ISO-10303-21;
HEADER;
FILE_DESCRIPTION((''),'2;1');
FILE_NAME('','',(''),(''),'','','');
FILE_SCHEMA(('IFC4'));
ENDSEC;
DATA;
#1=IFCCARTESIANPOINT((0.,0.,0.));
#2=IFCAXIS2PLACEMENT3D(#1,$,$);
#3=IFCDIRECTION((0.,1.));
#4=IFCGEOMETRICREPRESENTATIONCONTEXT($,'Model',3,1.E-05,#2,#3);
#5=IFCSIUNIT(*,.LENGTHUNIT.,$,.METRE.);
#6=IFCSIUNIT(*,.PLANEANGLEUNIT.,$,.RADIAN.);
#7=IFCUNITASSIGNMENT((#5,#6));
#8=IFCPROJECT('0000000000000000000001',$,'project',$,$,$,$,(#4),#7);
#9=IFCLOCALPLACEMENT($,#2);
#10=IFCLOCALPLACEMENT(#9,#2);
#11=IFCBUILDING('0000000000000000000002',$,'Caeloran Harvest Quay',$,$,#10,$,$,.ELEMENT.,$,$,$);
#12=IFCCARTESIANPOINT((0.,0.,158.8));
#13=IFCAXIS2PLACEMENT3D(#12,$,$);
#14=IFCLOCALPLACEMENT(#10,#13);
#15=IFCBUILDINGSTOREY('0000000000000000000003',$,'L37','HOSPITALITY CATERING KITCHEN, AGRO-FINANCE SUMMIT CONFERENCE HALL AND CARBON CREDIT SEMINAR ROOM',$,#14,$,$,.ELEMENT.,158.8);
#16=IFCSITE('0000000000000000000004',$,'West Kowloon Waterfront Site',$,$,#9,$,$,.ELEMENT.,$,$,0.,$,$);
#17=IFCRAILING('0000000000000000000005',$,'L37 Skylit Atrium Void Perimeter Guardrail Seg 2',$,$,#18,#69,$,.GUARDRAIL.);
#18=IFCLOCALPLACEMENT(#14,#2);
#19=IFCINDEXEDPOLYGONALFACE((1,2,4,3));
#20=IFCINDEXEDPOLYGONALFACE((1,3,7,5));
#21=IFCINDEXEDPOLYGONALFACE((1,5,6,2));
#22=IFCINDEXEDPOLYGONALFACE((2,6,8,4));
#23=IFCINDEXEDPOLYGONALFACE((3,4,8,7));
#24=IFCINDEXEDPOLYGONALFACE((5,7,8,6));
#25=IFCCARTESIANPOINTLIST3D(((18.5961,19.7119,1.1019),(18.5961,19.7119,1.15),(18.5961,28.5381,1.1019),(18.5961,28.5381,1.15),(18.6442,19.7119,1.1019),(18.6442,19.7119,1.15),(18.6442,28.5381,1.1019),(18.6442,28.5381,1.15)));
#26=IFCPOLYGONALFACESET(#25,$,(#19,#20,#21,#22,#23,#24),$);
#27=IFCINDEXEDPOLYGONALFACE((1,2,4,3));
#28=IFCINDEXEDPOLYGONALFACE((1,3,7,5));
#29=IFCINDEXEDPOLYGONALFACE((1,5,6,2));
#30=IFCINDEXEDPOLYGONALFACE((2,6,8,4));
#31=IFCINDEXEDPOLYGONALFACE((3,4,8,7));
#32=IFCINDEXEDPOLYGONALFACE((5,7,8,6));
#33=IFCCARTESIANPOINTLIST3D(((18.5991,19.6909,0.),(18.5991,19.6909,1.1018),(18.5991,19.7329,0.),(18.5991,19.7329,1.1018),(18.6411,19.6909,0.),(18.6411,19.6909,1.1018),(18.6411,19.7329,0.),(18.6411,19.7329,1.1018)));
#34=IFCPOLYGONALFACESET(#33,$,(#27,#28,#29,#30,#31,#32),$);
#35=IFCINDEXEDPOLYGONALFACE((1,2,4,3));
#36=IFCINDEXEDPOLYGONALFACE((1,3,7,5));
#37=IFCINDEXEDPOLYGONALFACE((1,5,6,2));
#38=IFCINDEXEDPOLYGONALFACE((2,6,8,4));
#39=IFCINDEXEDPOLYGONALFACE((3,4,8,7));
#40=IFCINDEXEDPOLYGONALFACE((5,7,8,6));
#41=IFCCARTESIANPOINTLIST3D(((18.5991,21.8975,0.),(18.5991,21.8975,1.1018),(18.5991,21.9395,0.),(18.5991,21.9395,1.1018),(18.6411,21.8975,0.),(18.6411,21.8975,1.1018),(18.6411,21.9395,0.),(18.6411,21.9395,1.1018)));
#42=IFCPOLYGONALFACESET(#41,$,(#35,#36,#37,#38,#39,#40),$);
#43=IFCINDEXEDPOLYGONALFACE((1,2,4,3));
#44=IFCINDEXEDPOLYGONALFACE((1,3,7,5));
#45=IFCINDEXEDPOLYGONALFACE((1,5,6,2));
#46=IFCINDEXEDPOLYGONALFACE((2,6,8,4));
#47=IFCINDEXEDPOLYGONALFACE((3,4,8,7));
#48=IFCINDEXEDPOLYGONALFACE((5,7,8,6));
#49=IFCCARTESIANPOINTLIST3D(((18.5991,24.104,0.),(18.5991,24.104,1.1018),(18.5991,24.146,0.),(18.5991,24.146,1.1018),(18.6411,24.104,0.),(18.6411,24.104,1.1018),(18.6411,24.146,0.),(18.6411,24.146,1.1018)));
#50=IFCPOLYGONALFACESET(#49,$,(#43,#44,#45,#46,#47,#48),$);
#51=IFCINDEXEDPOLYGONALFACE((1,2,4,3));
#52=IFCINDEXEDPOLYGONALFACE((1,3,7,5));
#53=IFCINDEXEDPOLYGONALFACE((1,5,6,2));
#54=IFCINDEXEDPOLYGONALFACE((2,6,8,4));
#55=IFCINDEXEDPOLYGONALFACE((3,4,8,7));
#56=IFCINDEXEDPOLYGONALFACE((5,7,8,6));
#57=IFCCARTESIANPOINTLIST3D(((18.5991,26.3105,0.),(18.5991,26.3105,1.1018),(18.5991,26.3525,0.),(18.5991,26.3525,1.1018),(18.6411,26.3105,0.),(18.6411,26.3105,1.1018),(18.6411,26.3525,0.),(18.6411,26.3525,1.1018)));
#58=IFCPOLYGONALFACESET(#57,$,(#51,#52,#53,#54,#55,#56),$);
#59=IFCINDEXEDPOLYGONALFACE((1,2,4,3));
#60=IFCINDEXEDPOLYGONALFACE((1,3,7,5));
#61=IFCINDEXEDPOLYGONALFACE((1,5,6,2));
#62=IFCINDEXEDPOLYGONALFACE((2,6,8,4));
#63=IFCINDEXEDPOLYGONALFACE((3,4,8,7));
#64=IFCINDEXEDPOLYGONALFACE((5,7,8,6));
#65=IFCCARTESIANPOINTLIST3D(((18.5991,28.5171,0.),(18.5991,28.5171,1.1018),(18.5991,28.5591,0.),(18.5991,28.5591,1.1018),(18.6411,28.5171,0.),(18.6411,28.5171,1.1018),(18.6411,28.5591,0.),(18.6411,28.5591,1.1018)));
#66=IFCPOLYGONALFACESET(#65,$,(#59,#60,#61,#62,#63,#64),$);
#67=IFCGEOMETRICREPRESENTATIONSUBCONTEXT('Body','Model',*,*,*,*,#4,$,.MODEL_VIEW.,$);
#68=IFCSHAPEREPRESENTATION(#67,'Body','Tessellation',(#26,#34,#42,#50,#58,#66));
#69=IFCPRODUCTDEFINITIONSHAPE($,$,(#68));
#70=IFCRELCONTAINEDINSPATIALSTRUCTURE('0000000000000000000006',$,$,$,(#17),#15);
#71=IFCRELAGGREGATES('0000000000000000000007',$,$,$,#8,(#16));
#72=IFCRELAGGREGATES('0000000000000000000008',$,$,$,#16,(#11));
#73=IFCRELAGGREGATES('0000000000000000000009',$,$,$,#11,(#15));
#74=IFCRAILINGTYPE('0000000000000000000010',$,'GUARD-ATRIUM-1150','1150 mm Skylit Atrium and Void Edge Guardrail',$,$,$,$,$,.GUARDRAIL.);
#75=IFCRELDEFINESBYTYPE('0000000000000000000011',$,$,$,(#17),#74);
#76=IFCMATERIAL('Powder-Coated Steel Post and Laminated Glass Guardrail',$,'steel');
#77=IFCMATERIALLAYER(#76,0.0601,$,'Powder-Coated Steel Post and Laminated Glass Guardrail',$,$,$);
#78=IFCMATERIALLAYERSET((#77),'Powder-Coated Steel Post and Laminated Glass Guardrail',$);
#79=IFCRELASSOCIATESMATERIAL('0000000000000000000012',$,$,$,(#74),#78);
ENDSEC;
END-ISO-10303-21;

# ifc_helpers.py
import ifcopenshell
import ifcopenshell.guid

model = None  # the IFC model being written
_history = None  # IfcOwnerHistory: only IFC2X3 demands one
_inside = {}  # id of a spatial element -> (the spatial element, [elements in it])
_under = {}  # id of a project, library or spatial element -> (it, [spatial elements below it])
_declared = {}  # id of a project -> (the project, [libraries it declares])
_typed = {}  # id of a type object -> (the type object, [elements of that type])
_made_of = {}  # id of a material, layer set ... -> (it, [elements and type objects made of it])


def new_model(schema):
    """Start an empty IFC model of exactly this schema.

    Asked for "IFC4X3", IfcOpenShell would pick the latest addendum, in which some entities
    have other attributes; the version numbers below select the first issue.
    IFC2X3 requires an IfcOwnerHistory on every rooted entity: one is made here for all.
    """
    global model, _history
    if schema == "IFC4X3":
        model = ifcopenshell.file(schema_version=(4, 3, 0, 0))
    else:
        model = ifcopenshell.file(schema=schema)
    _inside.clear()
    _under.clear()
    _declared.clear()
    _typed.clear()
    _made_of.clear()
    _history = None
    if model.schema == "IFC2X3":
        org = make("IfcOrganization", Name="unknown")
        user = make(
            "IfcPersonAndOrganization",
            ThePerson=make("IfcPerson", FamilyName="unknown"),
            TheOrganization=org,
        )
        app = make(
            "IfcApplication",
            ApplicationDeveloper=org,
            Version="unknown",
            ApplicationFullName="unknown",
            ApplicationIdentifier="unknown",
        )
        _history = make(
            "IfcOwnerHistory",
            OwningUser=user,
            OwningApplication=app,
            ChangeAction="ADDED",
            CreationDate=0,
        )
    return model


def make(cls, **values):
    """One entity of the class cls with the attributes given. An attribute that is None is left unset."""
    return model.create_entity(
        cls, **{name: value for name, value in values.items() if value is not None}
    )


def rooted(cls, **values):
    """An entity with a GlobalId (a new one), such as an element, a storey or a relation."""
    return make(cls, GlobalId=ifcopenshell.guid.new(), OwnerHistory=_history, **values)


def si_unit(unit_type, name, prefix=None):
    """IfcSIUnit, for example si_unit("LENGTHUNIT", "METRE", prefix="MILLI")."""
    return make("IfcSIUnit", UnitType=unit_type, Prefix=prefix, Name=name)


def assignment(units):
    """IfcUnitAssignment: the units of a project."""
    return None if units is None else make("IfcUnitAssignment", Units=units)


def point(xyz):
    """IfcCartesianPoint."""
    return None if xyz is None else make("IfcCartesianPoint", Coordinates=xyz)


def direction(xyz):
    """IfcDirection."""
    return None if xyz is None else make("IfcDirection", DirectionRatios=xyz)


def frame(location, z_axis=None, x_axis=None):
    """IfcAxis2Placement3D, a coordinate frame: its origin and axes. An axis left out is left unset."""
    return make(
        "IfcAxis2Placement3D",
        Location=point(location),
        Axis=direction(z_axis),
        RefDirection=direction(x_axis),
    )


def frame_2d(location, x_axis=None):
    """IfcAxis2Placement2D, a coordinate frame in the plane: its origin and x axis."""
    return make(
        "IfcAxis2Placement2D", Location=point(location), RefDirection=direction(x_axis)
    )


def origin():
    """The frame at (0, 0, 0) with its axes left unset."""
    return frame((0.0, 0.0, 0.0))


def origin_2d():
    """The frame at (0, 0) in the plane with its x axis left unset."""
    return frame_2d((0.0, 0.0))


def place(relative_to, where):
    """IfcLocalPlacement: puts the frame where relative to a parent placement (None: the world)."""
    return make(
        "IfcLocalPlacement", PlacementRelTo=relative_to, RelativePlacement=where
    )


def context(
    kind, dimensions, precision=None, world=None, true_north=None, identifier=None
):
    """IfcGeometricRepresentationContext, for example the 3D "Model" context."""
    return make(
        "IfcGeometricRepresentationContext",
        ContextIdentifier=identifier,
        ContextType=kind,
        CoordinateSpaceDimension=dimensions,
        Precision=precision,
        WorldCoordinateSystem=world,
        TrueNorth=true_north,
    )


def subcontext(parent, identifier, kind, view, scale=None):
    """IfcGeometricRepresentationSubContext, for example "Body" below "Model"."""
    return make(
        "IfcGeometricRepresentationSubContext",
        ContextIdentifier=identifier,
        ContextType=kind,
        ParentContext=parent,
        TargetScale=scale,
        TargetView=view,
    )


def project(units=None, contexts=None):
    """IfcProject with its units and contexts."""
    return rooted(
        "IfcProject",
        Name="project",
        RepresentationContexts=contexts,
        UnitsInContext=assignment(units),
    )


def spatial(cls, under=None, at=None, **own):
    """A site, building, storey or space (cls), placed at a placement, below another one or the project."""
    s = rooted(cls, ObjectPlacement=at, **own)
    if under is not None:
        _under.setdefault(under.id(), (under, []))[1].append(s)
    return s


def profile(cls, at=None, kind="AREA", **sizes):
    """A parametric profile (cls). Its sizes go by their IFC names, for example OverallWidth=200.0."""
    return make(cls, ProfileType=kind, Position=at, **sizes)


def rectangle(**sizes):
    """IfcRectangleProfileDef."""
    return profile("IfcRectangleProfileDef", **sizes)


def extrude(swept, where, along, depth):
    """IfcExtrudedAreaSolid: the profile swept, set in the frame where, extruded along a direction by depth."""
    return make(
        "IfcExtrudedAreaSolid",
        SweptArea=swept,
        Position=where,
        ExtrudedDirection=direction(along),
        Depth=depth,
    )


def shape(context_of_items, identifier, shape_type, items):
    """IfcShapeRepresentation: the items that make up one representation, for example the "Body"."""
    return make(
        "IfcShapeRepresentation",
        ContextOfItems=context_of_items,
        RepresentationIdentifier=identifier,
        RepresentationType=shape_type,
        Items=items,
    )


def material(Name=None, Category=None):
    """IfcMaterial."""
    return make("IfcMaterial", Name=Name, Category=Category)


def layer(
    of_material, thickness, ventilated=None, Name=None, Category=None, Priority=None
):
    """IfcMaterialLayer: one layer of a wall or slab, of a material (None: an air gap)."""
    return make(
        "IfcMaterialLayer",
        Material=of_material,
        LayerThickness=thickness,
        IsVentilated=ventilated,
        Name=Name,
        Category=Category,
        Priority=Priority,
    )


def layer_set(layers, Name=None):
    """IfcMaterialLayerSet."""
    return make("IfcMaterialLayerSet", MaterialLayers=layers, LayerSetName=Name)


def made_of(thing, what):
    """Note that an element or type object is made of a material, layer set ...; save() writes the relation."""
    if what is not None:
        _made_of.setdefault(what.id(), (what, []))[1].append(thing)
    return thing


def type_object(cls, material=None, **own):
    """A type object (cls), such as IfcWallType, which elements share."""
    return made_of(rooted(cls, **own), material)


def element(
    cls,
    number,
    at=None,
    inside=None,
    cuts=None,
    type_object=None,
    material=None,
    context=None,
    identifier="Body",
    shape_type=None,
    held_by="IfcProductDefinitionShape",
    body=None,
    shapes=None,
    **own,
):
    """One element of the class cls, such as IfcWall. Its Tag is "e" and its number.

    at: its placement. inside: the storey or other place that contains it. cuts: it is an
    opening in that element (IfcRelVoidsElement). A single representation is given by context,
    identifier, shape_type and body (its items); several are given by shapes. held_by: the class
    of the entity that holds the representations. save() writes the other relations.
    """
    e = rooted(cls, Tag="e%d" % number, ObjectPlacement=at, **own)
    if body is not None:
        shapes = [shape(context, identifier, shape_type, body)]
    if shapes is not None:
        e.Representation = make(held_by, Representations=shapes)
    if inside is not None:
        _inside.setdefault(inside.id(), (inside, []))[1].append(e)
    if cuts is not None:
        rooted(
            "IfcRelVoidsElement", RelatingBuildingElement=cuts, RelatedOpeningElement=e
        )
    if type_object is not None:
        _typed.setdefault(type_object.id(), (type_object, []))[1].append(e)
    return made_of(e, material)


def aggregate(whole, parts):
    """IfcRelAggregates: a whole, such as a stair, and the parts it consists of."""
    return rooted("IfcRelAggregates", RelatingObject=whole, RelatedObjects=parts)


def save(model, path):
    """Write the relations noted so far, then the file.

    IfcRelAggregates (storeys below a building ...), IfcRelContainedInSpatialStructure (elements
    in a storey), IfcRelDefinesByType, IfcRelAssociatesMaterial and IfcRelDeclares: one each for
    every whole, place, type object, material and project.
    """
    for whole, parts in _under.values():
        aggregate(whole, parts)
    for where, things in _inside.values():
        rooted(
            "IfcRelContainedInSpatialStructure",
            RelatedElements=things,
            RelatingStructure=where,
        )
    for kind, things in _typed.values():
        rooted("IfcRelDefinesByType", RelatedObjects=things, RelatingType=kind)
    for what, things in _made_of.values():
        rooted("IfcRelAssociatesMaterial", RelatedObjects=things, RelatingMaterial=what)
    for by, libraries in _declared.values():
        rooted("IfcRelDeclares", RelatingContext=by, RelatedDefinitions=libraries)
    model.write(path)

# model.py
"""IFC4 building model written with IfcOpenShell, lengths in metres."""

from ifc_helpers import new_model, si_unit, direction, frame, origin, origin_2d, place, context, subcontext, project, spatial, rectangle, extrude, material, layer, layer_set, type_object, element, save


model = new_model("IFC4")

# Units and contexts
model_context = context("Model", 3, precision=1e-05, world=origin(), true_north=direction((0.0, 1.0)))
body_context = subcontext(model_context, "Body", "Model", "MODEL_VIEW")
ifc_project = project(units=[si_unit("LENGTHUNIT", "METRE"), si_unit("PLANEANGLEUNIT", "RADIAN")], contexts=[model_context])

# Site, building, storey
site_placement = place(None, origin())
site = spatial("IfcSite", under=ifc_project, at=site_placement, Name="West Kowloon Waterfront Site", CompositionType="ELEMENT", RefElevation=0.0)
building_placement = place(site_placement, origin())
building = spatial("IfcBuilding", under=site, at=building_placement, Name="Caeloran Harvest Quay", CompositionType="ELEMENT")
storey_placement = place(building_placement, frame((0.0, 0.0, 158.8)))
storey = spatial("IfcBuildingStorey", under=building, at=storey_placement, Name="L37", Description="HOSPITALITY CATERING KITCHEN, AGRO-FINANCE SUMMIT CONFERENCE HALL AND CARBON CREDIT SEMINAR ROOM", CompositionType="ELEMENT", Elevation=158.8)

# Railing
ifc_material_1 = material(Name="Powder-Coated Steel Post and Laminated Glass Guardrail", Category="steel")
ifc_layer_1 = layer(ifc_material_1, 0.0601, Name="Powder-Coated Steel Post and Laminated Glass Guardrail")
ifc_layer_set_1 = layer_set([ifc_layer_1], Name="Powder-Coated Steel Post and Laminated Glass Guardrail")
railing_type = type_object("IfcRailingType", Name="GUARD-ATRIUM-1150", Description="1150 mm Skylit Atrium and Void Edge Guardrail", PredefinedType="GUARDRAIL", material=ifc_layer_set_1)
railing_1_placement = place(storey_placement, frame((18.6201, 19.7119, 0.0)))
element("IfcRailing", 1, at=railing_1_placement, inside=storey, type_object=railing_type, Name="L37 Skylit Atrium Void Perimeter Guardrail Seg 2", PredefinedType="GUARDRAIL", context=body_context, shape_type="SweptSolid", body=[
    extrude(rectangle(XDim=0.0481, YDim=0.0481, at=origin_2d()), frame((0.0, 0.0, 1.126), z_axis=(0.0, 1.0, 0.0), x_axis=(-1.0, 0.0, 0.0)), (0.0, 0.0, 1.0), 8.8262),
    extrude(rectangle(XDim=0.042, YDim=0.042, at=origin_2d()), origin(), (0.0, 0.0, 1.0), 1.1018),
    extrude(rectangle(XDim=0.042, YDim=0.042, at=origin_2d()), frame((0.0, 2.2065, 0.0)), (0.0, 0.0, 1.0), 1.1018),
    extrude(rectangle(XDim=0.042, YDim=0.042, at=origin_2d()), frame((0.0, 4.4131, 0.0)), (0.0, 0.0, 1.0), 1.1018),
    extrude(rectangle(XDim=0.042, YDim=0.042, at=origin_2d()), frame((0.0, 6.6196, 0.0)), (0.0, 0.0, 1.0), 1.1018),
    extrude(rectangle(XDim=0.042, YDim=0.042, at=origin_2d()), frame((0.0, 8.8262, 0.0)), (0.0, 0.0, 1.0), 1.1018),
])

save(model, "model.ifc")
